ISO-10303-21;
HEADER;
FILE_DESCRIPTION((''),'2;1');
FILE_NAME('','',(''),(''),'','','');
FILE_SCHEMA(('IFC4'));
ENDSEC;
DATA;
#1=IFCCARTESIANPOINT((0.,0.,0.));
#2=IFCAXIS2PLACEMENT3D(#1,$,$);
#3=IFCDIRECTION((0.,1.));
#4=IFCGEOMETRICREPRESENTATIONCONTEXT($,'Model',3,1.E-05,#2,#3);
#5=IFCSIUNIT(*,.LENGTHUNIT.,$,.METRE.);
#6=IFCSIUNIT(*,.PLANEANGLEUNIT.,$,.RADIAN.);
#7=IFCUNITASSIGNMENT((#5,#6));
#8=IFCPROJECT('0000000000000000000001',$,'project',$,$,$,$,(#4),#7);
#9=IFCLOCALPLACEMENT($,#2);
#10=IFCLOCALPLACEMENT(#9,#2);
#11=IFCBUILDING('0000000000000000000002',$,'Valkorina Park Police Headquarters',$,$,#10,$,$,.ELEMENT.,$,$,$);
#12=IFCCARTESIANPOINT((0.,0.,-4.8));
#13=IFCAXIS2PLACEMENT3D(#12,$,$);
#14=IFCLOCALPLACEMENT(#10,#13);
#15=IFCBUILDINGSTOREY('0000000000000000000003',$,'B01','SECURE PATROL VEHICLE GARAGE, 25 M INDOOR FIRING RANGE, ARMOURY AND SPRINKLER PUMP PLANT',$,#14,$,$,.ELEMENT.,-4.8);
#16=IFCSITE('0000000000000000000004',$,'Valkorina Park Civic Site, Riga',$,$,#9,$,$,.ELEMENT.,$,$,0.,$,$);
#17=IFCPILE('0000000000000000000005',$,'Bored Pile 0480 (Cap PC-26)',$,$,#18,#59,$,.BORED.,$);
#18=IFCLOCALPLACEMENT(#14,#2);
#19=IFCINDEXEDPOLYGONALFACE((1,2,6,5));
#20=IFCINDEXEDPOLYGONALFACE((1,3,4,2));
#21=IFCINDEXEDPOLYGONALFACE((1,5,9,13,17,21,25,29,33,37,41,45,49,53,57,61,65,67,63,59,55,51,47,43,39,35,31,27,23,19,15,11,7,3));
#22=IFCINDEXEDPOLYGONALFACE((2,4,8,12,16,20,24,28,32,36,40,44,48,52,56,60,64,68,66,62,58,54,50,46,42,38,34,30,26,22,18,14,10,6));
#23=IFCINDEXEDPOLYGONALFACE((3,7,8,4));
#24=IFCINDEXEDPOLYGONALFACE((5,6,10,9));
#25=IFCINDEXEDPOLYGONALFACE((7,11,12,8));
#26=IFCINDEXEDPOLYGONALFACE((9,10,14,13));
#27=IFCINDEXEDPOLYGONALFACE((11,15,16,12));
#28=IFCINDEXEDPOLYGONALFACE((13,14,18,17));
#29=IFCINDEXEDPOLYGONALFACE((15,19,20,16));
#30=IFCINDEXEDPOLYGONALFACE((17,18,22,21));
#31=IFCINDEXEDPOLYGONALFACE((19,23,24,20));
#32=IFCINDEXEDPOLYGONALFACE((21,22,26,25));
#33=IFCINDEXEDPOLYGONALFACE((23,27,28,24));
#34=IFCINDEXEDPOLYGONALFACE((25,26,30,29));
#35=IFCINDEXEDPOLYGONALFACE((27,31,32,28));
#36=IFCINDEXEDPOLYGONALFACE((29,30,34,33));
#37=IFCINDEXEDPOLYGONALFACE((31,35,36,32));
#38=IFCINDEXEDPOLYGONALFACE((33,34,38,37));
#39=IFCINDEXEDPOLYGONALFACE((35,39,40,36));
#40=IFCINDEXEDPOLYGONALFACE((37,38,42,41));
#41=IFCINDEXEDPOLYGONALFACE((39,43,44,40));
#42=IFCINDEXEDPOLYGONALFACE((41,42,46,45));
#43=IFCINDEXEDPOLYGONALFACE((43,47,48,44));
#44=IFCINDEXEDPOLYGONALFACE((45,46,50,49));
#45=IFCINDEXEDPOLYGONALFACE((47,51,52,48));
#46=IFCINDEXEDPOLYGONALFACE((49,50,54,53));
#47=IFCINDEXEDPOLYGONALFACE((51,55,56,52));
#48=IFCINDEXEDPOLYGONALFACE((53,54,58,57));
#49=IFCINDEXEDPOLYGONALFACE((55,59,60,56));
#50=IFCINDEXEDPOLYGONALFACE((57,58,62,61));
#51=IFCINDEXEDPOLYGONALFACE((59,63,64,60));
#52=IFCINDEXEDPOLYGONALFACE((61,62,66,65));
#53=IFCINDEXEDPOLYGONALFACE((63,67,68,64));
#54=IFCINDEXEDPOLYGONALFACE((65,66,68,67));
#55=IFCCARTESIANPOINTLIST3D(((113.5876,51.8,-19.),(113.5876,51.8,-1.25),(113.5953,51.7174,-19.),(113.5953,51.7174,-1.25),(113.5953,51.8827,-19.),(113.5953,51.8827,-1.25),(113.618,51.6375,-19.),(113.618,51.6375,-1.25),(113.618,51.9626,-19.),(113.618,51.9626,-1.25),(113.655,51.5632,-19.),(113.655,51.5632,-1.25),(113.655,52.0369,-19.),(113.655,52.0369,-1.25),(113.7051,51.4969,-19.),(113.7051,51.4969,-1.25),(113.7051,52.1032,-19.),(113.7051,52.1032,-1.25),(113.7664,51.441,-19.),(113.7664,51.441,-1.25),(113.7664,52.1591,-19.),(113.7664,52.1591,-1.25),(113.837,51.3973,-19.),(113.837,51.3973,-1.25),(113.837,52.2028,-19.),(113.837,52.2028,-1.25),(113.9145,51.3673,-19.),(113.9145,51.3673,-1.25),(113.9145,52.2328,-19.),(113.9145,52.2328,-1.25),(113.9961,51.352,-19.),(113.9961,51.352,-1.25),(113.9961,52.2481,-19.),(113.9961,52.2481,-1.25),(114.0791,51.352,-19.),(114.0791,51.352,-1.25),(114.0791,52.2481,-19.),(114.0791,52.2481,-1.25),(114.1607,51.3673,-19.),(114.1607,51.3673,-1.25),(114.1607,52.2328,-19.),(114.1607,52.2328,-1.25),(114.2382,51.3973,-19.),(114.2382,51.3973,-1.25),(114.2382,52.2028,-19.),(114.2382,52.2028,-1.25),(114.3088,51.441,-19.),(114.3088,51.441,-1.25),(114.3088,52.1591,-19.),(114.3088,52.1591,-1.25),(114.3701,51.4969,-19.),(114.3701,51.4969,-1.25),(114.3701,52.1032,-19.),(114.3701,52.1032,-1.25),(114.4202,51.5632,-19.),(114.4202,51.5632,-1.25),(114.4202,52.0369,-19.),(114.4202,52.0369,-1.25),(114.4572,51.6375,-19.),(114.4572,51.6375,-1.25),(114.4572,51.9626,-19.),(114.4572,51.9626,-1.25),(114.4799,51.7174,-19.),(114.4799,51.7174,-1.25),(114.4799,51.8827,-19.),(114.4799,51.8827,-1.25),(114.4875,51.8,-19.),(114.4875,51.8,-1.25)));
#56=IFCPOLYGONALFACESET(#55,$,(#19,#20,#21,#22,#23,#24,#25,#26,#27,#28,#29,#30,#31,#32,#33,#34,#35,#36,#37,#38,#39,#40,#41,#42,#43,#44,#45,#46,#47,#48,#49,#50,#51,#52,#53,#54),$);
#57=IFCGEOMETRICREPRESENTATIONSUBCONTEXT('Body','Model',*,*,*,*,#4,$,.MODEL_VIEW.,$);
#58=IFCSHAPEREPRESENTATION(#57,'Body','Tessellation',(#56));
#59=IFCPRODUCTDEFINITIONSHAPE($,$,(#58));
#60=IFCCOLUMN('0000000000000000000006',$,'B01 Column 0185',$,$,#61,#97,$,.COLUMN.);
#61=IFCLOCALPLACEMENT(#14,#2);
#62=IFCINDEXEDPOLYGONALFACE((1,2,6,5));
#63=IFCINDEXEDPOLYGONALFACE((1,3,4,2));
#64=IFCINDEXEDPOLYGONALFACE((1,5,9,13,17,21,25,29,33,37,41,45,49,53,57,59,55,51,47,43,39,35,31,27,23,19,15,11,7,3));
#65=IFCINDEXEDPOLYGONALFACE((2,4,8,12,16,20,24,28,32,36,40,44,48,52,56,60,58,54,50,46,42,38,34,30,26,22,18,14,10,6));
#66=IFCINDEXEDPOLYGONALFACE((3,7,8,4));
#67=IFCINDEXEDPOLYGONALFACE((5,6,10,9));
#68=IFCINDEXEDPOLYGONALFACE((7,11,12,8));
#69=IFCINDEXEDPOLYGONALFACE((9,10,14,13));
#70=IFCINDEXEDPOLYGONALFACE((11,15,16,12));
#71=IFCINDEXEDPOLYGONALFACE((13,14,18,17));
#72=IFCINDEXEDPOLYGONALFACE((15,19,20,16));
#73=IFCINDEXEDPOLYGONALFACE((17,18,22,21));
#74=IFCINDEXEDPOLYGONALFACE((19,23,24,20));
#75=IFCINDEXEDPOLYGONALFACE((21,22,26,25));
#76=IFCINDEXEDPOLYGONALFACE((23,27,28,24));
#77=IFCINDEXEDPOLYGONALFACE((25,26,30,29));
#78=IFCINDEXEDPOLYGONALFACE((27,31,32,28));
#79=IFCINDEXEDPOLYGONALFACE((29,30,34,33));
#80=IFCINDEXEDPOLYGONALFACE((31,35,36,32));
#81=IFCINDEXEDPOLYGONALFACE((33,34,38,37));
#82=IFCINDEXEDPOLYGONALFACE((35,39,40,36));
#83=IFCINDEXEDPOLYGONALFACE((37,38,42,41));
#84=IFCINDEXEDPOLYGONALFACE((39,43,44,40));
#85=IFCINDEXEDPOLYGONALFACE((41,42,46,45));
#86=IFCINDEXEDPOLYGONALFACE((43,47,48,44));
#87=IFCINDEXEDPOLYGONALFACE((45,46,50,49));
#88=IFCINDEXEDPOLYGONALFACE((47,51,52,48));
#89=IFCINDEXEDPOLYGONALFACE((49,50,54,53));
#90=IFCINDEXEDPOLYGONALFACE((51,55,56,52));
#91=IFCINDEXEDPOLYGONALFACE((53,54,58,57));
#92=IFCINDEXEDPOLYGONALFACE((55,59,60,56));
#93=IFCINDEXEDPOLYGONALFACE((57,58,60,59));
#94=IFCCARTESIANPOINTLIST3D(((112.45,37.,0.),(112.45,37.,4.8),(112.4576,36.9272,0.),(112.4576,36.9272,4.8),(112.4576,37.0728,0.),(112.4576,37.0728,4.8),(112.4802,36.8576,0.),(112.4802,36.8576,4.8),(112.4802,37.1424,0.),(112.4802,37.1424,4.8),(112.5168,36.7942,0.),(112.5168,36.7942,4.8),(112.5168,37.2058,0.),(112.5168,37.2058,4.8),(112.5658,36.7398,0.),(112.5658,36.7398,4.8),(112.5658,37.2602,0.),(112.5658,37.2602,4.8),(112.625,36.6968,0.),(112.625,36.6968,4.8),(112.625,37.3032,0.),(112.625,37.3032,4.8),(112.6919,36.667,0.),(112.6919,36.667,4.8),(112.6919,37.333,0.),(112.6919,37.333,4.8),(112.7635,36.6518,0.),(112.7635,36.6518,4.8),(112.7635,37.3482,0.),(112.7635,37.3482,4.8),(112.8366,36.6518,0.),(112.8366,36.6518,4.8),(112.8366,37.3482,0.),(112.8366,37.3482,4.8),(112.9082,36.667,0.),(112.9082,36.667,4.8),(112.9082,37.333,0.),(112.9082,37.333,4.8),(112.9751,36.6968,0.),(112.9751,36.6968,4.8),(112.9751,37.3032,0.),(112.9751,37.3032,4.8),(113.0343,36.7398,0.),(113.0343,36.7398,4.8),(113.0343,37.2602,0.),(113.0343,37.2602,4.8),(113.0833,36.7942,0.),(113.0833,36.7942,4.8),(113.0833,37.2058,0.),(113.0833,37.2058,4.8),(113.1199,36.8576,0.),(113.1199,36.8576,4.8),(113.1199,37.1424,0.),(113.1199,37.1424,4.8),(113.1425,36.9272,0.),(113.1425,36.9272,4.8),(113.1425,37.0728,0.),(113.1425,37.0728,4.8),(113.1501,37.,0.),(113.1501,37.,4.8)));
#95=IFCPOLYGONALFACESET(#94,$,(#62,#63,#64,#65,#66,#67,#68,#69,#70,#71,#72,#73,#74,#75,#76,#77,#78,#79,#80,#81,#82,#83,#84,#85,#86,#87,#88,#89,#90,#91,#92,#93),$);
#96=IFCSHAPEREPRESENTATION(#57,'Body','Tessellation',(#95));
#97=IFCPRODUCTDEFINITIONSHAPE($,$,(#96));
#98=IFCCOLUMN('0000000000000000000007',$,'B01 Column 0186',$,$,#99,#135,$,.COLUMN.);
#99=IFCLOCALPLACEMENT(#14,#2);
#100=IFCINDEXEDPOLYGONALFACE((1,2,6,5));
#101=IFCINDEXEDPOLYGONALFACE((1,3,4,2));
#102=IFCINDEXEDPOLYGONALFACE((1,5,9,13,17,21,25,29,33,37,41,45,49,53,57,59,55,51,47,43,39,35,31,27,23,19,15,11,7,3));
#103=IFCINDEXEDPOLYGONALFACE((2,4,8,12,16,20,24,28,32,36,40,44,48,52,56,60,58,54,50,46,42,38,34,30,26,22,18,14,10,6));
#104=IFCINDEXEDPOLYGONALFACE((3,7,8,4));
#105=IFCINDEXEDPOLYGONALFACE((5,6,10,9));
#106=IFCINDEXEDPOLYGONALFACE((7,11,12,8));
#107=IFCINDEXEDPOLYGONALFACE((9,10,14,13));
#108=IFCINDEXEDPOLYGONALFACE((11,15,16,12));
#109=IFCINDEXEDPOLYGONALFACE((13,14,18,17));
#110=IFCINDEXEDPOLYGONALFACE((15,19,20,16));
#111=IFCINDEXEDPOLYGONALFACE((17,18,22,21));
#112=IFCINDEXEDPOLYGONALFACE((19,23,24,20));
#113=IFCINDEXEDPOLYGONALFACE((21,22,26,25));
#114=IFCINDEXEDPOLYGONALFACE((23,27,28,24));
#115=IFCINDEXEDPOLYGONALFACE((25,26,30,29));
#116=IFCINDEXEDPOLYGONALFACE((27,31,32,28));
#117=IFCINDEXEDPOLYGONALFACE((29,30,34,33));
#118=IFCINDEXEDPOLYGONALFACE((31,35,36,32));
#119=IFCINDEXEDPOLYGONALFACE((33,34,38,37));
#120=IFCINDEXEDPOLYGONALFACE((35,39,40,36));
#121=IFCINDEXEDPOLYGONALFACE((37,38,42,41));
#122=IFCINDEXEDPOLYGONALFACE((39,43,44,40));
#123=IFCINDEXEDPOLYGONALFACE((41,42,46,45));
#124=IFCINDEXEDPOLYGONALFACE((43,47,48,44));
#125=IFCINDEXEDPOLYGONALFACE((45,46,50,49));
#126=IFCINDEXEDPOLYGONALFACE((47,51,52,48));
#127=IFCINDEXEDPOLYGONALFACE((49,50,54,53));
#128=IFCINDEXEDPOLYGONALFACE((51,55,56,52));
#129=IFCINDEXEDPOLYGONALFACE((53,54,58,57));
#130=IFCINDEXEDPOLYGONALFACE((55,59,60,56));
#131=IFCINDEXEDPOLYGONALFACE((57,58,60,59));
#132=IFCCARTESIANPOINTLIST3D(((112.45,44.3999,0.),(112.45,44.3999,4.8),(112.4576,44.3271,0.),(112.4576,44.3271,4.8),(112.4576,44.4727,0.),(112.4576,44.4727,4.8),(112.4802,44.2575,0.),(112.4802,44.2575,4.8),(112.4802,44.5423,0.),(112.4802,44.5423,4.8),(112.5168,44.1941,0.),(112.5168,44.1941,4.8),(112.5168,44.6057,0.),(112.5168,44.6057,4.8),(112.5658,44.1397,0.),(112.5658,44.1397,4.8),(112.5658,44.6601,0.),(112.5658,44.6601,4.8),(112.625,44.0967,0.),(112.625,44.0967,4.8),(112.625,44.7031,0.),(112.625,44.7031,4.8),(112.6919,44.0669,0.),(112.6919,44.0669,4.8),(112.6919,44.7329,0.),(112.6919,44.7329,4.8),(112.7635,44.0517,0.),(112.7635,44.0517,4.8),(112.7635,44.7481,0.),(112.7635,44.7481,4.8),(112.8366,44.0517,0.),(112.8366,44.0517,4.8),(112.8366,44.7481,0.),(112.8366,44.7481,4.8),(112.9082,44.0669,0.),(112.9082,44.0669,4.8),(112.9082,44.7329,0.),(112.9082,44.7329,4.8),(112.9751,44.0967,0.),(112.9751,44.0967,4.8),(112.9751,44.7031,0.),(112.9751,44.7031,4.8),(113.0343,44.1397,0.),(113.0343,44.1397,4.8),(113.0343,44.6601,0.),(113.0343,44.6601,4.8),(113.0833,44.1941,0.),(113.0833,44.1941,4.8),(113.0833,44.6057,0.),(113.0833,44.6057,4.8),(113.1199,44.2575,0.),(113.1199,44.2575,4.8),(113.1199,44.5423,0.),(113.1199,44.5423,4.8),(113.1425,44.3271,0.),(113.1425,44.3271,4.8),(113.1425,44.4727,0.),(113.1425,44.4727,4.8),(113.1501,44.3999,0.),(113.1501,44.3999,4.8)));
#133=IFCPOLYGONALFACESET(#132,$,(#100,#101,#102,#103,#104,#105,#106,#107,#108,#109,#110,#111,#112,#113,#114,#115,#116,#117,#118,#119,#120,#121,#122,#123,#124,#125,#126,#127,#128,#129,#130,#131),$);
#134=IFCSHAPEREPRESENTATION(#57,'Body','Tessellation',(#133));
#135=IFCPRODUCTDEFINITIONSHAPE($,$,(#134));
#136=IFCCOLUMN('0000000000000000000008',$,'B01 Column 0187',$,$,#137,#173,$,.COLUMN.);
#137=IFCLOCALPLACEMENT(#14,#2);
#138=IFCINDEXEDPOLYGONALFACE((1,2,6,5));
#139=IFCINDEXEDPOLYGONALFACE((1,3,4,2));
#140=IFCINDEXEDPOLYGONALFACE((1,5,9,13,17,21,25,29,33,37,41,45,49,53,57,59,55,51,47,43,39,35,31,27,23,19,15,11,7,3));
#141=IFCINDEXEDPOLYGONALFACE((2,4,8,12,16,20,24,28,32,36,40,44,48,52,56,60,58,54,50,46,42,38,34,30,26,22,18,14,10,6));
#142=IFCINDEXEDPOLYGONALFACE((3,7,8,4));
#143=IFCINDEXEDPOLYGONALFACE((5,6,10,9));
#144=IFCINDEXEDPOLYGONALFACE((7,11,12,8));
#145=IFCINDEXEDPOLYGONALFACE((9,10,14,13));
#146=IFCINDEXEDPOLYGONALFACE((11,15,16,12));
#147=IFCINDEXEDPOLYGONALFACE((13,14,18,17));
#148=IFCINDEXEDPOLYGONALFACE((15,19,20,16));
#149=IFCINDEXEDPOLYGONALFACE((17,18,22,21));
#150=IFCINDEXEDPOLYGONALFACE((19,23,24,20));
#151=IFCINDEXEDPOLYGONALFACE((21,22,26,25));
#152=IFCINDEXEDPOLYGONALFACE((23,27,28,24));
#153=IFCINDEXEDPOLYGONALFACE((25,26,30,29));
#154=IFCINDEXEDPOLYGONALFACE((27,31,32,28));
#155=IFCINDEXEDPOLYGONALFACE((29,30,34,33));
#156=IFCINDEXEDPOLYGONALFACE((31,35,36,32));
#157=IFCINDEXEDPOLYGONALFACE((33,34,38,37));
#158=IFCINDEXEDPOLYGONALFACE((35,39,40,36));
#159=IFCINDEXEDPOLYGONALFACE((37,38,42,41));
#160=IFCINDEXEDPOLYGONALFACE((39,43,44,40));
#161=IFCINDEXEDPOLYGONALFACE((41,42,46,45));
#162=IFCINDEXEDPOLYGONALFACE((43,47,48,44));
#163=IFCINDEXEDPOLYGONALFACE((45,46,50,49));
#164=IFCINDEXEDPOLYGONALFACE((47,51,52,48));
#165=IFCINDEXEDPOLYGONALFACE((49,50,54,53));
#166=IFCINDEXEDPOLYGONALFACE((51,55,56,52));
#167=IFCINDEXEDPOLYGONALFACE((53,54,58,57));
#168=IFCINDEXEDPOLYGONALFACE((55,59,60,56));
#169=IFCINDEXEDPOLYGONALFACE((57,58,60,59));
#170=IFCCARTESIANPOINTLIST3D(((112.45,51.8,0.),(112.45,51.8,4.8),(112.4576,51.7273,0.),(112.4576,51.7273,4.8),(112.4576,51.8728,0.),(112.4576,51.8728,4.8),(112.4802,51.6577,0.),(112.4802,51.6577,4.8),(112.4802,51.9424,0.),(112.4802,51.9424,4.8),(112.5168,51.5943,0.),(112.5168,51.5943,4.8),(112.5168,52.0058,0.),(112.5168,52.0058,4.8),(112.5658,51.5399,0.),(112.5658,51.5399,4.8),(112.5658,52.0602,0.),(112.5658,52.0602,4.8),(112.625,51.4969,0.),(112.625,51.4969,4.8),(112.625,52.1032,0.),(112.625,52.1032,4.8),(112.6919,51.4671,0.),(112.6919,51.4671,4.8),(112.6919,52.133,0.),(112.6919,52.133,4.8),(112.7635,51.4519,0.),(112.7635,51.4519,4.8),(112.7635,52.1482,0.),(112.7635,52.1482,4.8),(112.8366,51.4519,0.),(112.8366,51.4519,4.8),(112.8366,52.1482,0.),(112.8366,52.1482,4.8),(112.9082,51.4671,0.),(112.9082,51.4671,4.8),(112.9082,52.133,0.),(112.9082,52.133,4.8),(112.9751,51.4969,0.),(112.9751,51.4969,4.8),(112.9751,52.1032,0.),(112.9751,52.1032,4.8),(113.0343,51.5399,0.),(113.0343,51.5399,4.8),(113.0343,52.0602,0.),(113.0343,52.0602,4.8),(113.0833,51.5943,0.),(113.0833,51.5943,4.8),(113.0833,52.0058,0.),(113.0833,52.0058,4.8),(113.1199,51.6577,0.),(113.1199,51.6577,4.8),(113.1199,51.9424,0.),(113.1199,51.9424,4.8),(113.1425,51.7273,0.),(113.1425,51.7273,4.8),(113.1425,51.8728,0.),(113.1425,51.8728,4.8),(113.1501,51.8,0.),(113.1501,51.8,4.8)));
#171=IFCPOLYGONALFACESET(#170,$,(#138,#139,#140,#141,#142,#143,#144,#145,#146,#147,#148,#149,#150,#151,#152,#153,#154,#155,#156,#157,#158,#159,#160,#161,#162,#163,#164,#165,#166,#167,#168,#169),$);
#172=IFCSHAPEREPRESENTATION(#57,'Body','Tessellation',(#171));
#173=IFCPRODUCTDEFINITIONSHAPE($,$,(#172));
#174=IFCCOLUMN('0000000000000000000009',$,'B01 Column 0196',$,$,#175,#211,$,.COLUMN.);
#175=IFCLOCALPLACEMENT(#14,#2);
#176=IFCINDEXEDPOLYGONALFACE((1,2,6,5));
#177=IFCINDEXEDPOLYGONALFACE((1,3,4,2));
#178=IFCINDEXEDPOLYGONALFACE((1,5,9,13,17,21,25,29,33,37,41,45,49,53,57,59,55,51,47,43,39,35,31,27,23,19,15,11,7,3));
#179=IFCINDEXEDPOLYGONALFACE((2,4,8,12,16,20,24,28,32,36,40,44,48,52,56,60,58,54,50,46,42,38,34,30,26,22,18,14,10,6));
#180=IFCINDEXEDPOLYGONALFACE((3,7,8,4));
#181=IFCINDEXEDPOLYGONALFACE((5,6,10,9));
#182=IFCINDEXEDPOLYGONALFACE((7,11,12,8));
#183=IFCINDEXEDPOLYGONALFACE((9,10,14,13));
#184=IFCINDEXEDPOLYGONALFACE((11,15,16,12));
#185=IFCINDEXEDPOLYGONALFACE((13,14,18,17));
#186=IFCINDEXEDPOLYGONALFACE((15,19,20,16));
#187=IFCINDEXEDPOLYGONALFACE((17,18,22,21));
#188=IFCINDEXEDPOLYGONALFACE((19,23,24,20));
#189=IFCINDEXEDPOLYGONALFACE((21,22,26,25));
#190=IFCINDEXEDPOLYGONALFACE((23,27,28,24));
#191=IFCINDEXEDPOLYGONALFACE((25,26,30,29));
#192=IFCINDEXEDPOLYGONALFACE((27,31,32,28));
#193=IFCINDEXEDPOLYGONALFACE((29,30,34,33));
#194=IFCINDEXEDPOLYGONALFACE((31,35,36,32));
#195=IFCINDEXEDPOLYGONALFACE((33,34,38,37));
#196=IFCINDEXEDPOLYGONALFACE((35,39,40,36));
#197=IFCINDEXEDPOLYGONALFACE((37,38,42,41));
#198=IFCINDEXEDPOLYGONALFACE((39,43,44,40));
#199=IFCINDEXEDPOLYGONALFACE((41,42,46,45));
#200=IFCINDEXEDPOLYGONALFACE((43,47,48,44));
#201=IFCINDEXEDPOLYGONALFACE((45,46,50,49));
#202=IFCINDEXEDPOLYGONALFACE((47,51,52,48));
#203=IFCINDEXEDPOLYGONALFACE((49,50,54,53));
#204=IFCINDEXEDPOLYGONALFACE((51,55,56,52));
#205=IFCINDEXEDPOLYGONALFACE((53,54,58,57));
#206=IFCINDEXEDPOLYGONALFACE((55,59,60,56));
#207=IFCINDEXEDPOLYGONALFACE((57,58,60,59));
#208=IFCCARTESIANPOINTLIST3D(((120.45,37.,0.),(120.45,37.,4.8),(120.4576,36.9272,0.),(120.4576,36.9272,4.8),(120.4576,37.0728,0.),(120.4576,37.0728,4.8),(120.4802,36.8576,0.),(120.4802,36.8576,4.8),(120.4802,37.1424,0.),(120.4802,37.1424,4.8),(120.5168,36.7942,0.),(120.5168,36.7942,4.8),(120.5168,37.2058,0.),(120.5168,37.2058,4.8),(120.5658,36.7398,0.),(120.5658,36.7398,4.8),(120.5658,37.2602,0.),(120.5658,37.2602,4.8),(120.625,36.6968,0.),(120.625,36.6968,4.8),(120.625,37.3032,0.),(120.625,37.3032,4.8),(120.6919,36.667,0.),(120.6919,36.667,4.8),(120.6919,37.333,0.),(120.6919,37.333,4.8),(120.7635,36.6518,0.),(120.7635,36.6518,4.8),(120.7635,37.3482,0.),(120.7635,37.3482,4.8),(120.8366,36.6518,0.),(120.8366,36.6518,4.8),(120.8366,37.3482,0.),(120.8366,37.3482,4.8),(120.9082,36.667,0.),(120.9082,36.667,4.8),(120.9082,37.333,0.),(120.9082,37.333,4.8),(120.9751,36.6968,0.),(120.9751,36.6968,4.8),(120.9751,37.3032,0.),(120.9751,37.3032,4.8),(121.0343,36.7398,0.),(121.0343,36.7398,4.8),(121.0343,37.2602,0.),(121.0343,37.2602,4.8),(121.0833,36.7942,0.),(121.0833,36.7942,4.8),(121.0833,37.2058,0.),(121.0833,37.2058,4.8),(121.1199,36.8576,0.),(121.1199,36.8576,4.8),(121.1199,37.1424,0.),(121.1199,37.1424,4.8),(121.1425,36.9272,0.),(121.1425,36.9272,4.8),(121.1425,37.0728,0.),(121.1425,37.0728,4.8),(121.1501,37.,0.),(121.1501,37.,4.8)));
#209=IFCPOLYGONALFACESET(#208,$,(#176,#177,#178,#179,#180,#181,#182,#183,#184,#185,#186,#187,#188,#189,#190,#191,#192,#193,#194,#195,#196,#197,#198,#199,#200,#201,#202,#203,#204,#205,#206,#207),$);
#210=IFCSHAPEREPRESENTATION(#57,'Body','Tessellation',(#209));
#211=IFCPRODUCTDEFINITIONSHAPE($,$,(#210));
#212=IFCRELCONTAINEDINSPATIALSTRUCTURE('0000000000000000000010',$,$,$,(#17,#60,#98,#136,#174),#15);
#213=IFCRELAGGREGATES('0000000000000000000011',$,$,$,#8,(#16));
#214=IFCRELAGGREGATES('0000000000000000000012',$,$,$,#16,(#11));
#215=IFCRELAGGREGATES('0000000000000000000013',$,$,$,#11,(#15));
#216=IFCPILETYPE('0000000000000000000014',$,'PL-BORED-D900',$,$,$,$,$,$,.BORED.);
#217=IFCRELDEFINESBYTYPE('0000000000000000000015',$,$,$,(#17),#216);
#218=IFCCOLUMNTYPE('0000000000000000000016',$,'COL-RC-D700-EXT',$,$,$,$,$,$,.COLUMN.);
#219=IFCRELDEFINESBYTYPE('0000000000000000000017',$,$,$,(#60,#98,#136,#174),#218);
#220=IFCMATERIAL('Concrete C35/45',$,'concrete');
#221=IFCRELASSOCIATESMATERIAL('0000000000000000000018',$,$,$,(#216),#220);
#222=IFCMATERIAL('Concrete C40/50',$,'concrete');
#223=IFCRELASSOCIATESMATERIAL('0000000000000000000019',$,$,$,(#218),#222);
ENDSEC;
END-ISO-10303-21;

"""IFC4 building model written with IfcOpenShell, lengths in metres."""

from ifc_helpers import new_model, si_unit, direction, frame, origin, origin_2d, place, context, subcontext, project, spatial, circle, extrude, material, material_profile, profile_set, type_object, element, save


model = new_model("IFC4")

# Units and contexts
model_context = context("Model", 3, precision=1e-05, world=origin(), true_north=direction((0.0, 1.0)))
body_context = subcontext(model_context, "Body", "Model", "MODEL_VIEW")
ifc_project = project(units=[si_unit("LENGTHUNIT", "METRE"), si_unit("PLANEANGLEUNIT", "RADIAN")], contexts=[model_context])

# Site, building, storey
site_placement = place(None, origin())
site = spatial("IfcSite", under=ifc_project, at=site_placement, Name="Valkorina Park Civic Site, Riga", CompositionType="ELEMENT", RefElevation=0.0)
building_placement = place(site_placement, origin())
building = spatial("IfcBuilding", under=site, at=building_placement, Name="Valkorina Park Police Headquarters", CompositionType="ELEMENT")
storey_placement = place(building_placement, frame((0.0, 0.0, -4.8)))
storey = spatial("IfcBuildingStorey", under=building, at=storey_placement, Name="B01", Description="SECURE PATROL VEHICLE GARAGE, 25 M INDOOR FIRING RANGE, ARMOURY AND SPRINKLER PUMP PLANT", CompositionType="ELEMENT", Elevation=-4.8)

# Shared definitions
ifc_material_1 = material(Name="Concrete C40/50", Category="concrete")

# Pile
ifc_material_2 = material(Name="Concrete C35/45", Category="concrete")
ifc_material_profile_1 = material_profile(ifc_material_2, circle(Radius=0.45, at=origin_2d()), Name="BORED PILE D900")
ifc_profile_set_1 = profile_set([ifc_material_profile_1], Name="Concrete C35/45")
pile_type_1 = type_object("IfcPileType", Name="PL-BORED-D900", PredefinedType="BORED", material=ifc_profile_set_1)
for number, where, z_axis, x_axis, name in (
    (1, (114.0376, 51.8, -1.25), (0.0, 0.0, -1.0), (1.0, 0.0, 0.0), "Bored Pile 0480 (Cap PC-26)"),
):
    element("IfcPile", number, at=place(storey_placement, frame(where, z_axis=z_axis, x_axis=x_axis)), inside=storey, type_object=pile_type_1, Name=name, PredefinedType="BORED", context=body_context, shape_type="SweptSolid", body=[
        extrude(circle(Radius=0.45, at=origin_2d()), origin(), (0.0, 0.0, 1.0), 17.75),
    ])

# Columns
ifc_material_profile_2 = material_profile(ifc_material_1, circle(Radius=0.3501, at=origin_2d()), Name="RC COL D700")
ifc_profile_set_2 = profile_set([ifc_material_profile_2], Name="Concrete C40/50")
column_type = type_object("IfcColumnType", Name="COL-RC-D700-EXT", PredefinedType="COLUMN", material=ifc_profile_set_2)
for number, where, z_axis, x_axis, name in (
    (2, (112.8, 37.0, 0.0), (0.0, 0.0, 1.0), (1.0, 0.0, 0.0), "B01 Column 0185"),
    (3, (112.8, 44.3999, 0.0), (0.0, 0.0, 1.0), (1.0, 0.0, 0.0), "B01 Column 0186"),
    (4, (112.8, 51.8, 0.0), (0.0, 0.0, 1.0), (1.0, 0.0, 0.0), "B01 Column 0187"),
    (5, (120.8, 37.0, 0.0), (0.0, 0.0, 1.0), (1.0, 0.0, 0.0), "B01 Column 0196"),
):
    element("IfcColumn", number, at=place(storey_placement, frame(where, z_axis=z_axis, x_axis=x_axis)), inside=storey, type_object=column_type, Name=name, PredefinedType="COLUMN", context=body_context, shape_type="SweptSolid", body=[
        extrude(circle(Radius=0.3501, at=origin_2d()), origin(), (0.0, 0.0, 1.0), 4.8),
    ])

save(model, "model.ifc")
